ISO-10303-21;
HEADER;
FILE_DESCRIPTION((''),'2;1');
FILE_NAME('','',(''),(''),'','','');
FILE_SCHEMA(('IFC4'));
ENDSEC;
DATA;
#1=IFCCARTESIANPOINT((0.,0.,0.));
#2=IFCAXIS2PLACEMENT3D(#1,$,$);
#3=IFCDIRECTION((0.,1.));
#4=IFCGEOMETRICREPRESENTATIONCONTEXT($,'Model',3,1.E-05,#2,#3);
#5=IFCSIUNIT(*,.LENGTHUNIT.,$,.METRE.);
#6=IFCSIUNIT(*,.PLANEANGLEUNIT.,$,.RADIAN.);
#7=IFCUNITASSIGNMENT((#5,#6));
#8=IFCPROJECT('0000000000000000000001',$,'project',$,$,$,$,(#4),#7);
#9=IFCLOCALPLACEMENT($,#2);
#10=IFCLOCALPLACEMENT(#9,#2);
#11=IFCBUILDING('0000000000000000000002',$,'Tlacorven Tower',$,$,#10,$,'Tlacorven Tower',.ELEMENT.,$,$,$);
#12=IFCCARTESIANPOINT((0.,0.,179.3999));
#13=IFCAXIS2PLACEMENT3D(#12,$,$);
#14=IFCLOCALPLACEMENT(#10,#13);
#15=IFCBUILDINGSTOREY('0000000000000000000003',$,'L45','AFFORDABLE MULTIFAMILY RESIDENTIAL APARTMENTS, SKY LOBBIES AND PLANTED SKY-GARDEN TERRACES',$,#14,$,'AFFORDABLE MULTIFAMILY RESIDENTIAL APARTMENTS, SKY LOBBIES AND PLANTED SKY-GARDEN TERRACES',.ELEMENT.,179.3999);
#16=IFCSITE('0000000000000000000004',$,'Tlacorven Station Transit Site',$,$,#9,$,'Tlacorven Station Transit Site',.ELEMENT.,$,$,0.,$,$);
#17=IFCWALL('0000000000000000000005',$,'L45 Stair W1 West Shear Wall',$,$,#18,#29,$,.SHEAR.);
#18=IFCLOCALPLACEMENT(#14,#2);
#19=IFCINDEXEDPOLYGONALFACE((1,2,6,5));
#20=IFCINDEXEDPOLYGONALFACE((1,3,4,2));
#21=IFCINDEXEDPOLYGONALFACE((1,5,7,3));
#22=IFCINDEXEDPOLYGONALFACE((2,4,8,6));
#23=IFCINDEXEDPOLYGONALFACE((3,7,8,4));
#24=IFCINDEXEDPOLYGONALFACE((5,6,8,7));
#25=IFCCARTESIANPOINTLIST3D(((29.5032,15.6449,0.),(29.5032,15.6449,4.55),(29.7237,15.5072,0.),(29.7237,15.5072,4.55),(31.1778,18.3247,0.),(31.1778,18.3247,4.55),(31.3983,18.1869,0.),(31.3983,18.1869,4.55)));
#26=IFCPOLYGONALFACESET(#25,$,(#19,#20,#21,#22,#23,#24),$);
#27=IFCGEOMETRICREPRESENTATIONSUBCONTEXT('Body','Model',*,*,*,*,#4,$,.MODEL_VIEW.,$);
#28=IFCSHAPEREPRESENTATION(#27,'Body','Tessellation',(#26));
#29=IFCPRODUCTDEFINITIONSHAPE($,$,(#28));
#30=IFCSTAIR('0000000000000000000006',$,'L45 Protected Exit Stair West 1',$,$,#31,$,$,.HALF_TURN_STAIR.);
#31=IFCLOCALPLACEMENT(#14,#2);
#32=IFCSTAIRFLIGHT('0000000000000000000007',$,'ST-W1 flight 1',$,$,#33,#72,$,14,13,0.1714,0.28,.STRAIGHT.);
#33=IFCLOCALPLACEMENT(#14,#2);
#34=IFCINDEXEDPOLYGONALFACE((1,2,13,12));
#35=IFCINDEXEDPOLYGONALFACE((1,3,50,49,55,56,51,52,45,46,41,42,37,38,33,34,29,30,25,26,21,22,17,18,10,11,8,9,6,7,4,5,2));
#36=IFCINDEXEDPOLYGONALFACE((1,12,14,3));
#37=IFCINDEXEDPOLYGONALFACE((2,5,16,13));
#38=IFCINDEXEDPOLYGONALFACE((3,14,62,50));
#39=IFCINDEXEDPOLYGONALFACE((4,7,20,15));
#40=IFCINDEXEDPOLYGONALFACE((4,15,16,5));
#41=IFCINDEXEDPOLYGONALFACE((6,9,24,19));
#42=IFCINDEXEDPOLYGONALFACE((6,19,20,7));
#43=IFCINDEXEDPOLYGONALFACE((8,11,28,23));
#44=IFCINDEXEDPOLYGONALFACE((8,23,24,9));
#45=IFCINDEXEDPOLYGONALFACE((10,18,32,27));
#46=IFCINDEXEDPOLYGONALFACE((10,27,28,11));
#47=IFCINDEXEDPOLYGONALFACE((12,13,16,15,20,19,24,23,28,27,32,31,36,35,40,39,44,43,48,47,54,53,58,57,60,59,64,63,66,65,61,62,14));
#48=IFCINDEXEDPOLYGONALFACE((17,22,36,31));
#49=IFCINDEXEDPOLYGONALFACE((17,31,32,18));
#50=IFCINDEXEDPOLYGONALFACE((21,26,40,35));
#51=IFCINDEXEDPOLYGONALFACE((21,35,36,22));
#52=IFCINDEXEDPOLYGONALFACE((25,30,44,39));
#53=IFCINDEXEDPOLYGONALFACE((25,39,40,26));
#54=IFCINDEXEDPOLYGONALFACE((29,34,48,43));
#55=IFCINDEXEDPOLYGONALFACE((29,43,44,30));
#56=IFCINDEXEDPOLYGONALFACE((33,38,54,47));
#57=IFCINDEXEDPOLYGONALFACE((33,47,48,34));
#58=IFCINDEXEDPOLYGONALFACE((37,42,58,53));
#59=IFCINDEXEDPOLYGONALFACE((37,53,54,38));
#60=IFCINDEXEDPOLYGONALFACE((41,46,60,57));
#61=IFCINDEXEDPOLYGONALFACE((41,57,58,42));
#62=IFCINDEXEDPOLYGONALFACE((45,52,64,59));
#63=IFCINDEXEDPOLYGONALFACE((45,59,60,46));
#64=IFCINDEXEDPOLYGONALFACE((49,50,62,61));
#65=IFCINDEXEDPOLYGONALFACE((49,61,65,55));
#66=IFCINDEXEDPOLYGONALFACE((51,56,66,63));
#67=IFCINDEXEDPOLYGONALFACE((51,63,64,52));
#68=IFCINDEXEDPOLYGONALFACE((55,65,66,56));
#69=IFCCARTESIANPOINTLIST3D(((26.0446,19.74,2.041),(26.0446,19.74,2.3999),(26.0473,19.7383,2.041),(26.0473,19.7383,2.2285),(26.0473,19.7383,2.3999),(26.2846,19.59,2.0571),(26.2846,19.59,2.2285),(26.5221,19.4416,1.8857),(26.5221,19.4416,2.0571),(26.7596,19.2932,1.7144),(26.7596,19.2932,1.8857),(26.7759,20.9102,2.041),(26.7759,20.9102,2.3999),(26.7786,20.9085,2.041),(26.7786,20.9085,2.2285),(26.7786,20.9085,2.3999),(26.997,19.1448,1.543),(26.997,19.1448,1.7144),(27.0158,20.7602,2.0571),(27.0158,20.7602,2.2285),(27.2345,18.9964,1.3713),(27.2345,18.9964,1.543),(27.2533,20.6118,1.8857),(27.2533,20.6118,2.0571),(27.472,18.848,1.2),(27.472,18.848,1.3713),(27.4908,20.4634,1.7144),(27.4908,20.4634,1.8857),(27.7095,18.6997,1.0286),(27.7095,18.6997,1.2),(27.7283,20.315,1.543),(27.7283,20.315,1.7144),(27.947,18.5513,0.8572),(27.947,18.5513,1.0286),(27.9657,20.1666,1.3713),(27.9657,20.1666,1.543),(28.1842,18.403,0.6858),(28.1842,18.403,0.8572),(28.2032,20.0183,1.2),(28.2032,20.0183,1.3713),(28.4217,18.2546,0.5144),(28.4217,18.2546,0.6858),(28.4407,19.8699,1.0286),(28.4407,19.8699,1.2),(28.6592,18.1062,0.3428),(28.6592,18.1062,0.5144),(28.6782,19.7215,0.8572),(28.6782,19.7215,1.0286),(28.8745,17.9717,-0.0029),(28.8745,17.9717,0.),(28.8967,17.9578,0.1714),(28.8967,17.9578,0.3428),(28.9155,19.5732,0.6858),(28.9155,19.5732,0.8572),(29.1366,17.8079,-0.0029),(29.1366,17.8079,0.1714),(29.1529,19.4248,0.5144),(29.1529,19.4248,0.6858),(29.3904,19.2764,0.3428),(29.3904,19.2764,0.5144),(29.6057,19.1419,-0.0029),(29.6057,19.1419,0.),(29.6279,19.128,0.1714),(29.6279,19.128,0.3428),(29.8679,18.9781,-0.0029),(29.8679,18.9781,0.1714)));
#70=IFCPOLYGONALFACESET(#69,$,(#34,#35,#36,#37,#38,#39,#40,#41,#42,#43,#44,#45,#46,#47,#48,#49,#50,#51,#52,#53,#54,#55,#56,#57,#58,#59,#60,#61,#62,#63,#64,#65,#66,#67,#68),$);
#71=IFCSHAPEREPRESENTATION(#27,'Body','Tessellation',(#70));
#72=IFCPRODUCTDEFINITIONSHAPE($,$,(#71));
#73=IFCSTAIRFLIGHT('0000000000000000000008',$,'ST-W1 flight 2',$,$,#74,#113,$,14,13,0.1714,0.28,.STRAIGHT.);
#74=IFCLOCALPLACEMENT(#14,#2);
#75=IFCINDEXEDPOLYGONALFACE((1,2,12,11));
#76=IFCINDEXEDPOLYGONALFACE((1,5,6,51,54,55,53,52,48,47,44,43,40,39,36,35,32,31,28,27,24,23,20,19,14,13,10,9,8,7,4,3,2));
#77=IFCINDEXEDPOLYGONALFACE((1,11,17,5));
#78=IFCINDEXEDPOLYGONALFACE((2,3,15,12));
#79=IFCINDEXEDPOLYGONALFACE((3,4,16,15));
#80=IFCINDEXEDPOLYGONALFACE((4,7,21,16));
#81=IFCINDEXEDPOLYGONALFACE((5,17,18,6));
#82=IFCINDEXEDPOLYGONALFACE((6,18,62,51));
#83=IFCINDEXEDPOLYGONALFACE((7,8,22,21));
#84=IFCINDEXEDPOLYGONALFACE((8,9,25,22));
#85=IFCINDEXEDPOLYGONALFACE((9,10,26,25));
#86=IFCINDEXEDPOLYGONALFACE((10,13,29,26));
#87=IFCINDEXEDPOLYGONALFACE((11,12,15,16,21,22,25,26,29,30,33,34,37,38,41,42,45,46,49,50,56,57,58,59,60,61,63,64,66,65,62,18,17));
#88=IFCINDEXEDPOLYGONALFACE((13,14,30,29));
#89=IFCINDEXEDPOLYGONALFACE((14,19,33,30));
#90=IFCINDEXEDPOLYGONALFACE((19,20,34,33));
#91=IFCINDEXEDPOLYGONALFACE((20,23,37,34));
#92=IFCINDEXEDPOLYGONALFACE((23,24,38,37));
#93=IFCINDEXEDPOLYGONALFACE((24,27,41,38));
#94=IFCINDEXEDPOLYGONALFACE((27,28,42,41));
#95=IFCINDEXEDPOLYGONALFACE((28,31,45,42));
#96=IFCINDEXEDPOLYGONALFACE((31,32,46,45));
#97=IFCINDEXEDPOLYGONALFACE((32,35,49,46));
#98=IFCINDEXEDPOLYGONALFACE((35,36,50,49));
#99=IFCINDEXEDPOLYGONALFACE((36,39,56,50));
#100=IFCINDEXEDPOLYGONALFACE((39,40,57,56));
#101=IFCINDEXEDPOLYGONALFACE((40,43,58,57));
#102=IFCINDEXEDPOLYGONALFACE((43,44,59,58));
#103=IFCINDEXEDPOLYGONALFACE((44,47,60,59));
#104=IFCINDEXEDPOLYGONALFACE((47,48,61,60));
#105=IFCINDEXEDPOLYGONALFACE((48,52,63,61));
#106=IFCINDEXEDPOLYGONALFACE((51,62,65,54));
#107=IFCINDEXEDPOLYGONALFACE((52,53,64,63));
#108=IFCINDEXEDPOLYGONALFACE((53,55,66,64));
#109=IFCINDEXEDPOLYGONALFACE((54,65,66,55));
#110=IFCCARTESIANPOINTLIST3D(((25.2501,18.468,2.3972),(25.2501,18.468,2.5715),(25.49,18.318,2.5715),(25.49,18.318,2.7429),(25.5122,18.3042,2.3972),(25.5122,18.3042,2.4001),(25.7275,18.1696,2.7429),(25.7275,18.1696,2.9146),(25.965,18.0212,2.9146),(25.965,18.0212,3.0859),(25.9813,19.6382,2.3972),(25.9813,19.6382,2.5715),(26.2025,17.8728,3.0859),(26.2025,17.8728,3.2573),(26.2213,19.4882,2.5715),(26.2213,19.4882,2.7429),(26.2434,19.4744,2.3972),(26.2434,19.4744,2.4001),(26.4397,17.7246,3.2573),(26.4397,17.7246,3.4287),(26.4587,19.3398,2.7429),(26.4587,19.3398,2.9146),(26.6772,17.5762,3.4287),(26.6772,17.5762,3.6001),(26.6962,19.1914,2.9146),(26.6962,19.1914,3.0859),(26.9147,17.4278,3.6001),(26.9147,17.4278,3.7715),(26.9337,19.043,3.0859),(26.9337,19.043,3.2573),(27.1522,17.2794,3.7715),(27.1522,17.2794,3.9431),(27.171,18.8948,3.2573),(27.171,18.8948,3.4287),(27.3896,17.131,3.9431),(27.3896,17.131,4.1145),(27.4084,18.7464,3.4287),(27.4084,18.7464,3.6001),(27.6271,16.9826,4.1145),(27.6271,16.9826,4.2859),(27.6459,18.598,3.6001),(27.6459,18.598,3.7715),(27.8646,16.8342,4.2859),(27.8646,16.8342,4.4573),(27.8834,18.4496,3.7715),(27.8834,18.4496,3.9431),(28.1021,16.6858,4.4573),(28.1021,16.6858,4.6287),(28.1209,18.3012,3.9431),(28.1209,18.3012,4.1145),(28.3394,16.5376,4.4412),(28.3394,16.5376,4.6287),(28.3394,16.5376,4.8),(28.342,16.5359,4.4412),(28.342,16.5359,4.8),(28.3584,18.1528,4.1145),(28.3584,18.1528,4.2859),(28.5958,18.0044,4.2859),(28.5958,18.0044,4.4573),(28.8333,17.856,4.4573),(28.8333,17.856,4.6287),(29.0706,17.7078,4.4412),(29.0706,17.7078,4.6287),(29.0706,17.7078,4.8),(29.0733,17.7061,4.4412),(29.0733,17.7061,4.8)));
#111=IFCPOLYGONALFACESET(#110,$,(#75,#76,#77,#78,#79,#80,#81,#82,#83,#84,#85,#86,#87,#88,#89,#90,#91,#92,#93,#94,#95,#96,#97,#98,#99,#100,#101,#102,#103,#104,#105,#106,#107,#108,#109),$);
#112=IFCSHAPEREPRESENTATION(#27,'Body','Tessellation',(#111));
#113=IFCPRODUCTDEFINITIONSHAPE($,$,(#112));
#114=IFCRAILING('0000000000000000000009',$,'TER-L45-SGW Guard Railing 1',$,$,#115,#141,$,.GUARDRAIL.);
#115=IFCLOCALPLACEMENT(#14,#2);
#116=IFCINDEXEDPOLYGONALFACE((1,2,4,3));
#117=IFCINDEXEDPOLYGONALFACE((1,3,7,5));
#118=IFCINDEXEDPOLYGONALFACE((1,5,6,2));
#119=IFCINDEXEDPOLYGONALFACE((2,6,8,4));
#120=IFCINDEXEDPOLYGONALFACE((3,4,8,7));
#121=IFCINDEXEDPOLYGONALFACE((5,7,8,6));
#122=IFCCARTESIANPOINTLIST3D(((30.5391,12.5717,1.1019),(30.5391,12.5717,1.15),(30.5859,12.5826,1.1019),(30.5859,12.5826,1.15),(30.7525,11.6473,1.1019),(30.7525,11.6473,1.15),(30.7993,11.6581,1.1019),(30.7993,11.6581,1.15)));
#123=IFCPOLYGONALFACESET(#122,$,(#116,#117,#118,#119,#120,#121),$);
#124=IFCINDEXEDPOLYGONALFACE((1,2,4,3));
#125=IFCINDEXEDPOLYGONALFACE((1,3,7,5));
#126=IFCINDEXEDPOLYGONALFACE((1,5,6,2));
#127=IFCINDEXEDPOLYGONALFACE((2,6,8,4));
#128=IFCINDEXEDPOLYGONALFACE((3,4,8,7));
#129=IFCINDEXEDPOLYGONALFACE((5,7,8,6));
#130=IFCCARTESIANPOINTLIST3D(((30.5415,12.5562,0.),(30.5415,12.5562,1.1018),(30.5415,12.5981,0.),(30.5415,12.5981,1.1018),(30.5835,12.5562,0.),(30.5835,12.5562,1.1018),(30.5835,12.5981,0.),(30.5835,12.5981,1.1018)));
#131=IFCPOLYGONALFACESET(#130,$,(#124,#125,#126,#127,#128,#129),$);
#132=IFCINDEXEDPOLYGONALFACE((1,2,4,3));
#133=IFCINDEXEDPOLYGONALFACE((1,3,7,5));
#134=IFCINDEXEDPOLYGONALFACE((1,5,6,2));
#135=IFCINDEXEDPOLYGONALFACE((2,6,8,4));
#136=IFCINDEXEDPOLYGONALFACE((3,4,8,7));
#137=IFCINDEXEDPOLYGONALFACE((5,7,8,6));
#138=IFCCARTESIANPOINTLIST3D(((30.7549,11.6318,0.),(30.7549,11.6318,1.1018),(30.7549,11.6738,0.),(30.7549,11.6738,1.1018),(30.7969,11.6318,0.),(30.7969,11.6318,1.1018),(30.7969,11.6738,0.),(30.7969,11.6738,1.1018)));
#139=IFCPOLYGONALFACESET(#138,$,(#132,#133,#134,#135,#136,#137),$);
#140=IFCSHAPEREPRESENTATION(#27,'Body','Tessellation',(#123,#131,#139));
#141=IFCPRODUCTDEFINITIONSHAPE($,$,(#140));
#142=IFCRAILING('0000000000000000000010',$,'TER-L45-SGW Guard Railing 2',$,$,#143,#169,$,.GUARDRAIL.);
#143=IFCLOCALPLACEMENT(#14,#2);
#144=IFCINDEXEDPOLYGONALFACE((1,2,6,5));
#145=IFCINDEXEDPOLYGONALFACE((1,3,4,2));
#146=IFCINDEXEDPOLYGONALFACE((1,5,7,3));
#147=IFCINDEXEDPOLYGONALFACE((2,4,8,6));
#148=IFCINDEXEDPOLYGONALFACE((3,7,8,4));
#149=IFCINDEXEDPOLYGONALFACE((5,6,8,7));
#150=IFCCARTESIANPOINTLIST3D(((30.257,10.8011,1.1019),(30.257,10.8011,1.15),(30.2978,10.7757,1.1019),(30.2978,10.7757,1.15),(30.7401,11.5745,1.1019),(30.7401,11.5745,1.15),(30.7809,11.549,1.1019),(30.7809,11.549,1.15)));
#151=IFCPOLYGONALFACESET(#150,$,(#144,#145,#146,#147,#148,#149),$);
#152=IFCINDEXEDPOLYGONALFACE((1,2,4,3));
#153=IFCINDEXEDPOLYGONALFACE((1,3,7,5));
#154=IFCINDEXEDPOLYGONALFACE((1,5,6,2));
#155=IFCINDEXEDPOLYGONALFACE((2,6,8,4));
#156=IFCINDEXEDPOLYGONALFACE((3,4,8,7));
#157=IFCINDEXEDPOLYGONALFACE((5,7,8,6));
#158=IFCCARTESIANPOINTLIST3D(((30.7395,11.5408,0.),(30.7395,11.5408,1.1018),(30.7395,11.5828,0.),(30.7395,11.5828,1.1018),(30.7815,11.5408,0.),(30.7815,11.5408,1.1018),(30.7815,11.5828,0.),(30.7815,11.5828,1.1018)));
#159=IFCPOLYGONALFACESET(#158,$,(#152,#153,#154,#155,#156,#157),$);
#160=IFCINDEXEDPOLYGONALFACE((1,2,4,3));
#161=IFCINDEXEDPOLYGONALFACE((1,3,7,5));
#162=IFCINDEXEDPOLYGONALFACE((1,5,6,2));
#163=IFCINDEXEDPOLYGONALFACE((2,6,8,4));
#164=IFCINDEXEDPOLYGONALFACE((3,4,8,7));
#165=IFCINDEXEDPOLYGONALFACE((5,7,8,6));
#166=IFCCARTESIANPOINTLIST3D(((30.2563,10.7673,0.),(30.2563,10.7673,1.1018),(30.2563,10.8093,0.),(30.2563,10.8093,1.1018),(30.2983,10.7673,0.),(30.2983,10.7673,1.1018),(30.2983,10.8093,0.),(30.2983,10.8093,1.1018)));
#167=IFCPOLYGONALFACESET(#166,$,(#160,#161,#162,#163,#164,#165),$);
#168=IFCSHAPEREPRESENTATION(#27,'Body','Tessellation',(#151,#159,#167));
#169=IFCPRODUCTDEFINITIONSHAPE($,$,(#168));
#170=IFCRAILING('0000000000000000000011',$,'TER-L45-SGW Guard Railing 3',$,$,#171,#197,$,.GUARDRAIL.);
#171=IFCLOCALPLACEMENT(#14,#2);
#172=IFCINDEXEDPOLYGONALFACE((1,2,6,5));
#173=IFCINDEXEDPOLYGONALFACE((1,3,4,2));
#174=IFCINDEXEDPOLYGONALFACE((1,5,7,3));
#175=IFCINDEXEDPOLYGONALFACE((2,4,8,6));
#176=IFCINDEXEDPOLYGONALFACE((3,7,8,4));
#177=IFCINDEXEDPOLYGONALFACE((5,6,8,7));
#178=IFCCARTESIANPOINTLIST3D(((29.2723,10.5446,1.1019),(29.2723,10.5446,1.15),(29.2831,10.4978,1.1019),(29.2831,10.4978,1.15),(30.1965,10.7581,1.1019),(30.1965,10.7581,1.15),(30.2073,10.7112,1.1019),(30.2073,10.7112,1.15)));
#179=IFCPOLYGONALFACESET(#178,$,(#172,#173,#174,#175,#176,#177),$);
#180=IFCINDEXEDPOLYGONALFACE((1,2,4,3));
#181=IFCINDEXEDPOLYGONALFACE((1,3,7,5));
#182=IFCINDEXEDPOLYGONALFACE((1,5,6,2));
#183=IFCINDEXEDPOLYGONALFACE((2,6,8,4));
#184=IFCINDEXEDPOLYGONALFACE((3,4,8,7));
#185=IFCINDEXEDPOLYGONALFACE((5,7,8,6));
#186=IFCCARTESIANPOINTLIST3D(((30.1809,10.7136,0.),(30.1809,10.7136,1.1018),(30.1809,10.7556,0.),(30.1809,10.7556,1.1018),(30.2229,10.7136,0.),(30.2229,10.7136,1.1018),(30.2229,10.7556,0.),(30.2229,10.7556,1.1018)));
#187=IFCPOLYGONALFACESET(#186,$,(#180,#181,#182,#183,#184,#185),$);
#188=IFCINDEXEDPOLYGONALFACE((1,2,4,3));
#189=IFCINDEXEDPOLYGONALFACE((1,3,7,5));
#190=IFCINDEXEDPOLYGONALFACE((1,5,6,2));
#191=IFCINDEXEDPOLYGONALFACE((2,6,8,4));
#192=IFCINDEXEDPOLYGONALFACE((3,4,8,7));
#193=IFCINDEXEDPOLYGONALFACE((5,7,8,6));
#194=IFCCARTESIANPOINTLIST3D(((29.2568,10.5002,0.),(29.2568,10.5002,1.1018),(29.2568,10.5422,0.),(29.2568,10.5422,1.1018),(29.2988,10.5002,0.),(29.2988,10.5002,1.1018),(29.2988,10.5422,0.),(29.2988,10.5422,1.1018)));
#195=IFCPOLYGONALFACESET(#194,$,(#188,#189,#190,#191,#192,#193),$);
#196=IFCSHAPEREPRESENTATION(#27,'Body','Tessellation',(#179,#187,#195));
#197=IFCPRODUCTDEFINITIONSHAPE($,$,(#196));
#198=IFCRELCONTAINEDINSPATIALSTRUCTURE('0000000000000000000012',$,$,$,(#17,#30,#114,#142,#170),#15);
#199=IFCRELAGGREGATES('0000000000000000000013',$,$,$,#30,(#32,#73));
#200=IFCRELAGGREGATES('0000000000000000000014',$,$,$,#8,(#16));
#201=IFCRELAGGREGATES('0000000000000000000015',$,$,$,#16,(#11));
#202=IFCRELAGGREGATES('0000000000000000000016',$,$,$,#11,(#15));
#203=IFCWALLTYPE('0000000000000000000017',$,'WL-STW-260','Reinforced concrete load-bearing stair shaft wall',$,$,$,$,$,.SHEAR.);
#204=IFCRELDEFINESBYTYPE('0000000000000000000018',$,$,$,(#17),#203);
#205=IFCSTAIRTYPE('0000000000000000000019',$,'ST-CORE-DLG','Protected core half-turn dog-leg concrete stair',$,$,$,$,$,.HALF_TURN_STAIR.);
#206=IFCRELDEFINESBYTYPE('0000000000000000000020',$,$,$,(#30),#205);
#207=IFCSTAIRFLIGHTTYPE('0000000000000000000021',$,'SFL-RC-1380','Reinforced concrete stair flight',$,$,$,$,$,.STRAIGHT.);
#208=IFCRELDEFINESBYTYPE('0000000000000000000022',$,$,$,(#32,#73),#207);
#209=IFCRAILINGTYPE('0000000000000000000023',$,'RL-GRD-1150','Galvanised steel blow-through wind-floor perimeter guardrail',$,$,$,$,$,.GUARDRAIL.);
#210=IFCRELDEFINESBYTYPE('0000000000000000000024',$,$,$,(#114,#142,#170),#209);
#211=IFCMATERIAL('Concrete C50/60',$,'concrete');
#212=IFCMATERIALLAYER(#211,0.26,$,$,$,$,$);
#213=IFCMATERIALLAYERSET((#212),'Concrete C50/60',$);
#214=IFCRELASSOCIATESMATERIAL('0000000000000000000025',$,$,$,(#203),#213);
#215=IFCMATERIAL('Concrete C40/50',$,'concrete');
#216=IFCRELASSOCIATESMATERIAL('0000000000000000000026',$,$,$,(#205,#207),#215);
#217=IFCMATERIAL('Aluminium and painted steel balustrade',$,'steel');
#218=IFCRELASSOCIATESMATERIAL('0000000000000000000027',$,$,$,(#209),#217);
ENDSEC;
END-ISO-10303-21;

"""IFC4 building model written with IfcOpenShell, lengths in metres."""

from ifc_helpers import new_model, si_unit, direction, frame, frame_2d, origin, origin_2d, place, context, subcontext, project, spatial, polyline, rectangle, outline, extrude, source, transform, mapped, material, layer, layer_set, type_object, element, aggregate, save


model = new_model("IFC4")

# Units and contexts
model_context = context("Model", 3, precision=1e-05, world=origin(), true_north=direction((0.0, 1.0)))
body_context = subcontext(model_context, "Body", "Model", "MODEL_VIEW")
ifc_project = project(units=[si_unit("LENGTHUNIT", "METRE"), si_unit("PLANEANGLEUNIT", "RADIAN")], contexts=[model_context])

# Site, building, storey
site_placement = place(None, origin())
site = spatial("IfcSite", under=ifc_project, at=site_placement, Name="Tlacorven Station Transit Site", LongName="Tlacorven Station Transit Site", CompositionType="ELEMENT", RefElevation=0.0)
building_placement = place(site_placement, origin())
building = spatial("IfcBuilding", under=site, at=building_placement, Name="Tlacorven Tower", LongName="Tlacorven Tower", CompositionType="ELEMENT")
storey_placement = place(building_placement, frame((0.0, 0.0, 179.3999)))
storey = spatial("IfcBuildingStorey", under=building, at=storey_placement, Name="L45", Description="AFFORDABLE MULTIFAMILY RESIDENTIAL APARTMENTS, SKY LOBBIES AND PLANTED SKY-GARDEN TERRACES", LongName="AFFORDABLE MULTIFAMILY RESIDENTIAL APARTMENTS, SKY LOBBIES AND PLANTED SKY-GARDEN TERRACES", CompositionType="ELEMENT", Elevation=179.3999)

# Shared definitions
ifc_material_1 = material(Name="Concrete C50/60", Category="concrete")
ifc_layer_1 = layer(ifc_material_1, 0.26)
ifc_layer_set_1 = layer_set([ifc_layer_1], Name="Concrete C50/60")
wall_type_1 = type_object("IfcWallType", Name="WL-STW-260", Description="Reinforced concrete load-bearing stair shaft wall", PredefinedType="SHEAR", material=ifc_layer_set_1)

# Wall
wall_1_placement = place(storey_placement, frame((31.2881, 18.2559, 0.0), z_axis=(0.0, 0.0, 1.0), x_axis=(-0.529943, -0.848033, 0.0)))
element("IfcWall", 1, at=wall_1_placement, inside=storey, type_object=wall_type_1, Name="L45 Stair W1 West Shear Wall", PredefinedType="SHEAR", context=body_context, shape_type="SweptSolid", body=[
    extrude(rectangle(XDim=3.1599, YDim=0.26, at=frame_2d((1.5801, 0.0))), origin(), (0.0, 0.0, 1.0), 4.55),
])

# Stair, stair flights
ifc_material_2 = material(Name="Concrete C40/50", Category="concrete")
stair_type = type_object("IfcStairType", Name="ST-CORE-DLG", Description="Protected core half-turn dog-leg concrete stair", PredefinedType="HALF_TURN_STAIR", material=ifc_material_2)
stair_placement = place(storey_placement, origin())
stair = element("IfcStair", 2, at=stair_placement, inside=storey, type_object=stair_type, Name="L45 Protected Exit Stair West 1", PredefinedType="HALF_TURN_STAIR")
stair_flight_type = type_object("IfcStairFlightType", Name="SFL-RC-1380", Description="Reinforced concrete stair flight", PredefinedType="STRAIGHT", material=ifc_material_2)
shared_shape_1 = source(origin(), body_context, "Body", "SweptSolid", [
    extrude(outline(polyline([(-0.0029, -0.0029), (-0.0029, 0.1714), (0.28, 0.1714), (0.28, 0.3428), (0.5601, 0.3428), (0.5601, 0.5144), (0.8401, 0.5144), (0.8401, 0.6858), (1.1201, 0.6858), (1.1201, 0.8572), (1.3999, 0.8572), (1.3999, 1.0286), (1.6799, 1.0286), (1.6799, 1.2), (1.96, 1.2), (1.96, 1.3713), (2.24, 1.3713), (2.24, 1.543), (2.52, 1.543), (2.52, 1.7144), (2.8, 1.7144), (2.8, 1.8857), (3.0801, 1.8857), (3.0801, 2.0571), (3.3601, 2.0571), (3.3601, 2.2285), (3.6399, 2.2285), (3.6399, 2.3999), (3.6431, 2.3999), (3.6431, 2.041), (3.6399, 2.041), (0.3062, 0.0), (0.3062, -0.0029), (-0.0029, -0.0029)])), frame((0.0, 0.6899, 0.0), z_axis=(0.0, -1.0, 0.0), x_axis=(1.0, 0.0, 0.0)), (0.0, 0.0, 1.0), 1.3799),
])
stair_flight_1_placement = place(storey_placement, frame((29.4998, 18.3945, 0.0), z_axis=(0.0, 0.0, 1.0), x_axis=(-0.848048, 0.529919, 0.0)))
stair_flight_1 = element("IfcStairFlight", 3, at=stair_flight_1_placement, type_object=stair_flight_type, Name="ST-W1 flight 1", NumberOfRisers=14, NumberOfTreads=13, PredefinedType="STRAIGHT", RiserHeight=0.1714, TreadLength=0.28, context=body_context, shape_type="MappedRepresentation", body=[
    mapped(shared_shape_1, transform((0.0, 0.0, 0.0), scale=1.0)),
])
stair_flight_2_placement = place(storey_placement, frame((25.6182, 19.0515, 2.4001), z_axis=(0.0, 0.0, 1.0), x_axis=(0.848048, -0.529919, 0.0)))
stair_flight_2 = element("IfcStairFlight", 4, at=stair_flight_2_placement, type_object=stair_flight_type, Name="ST-W1 flight 2", NumberOfRisers=14, NumberOfTreads=13, PredefinedType="STRAIGHT", RiserHeight=0.1714, TreadLength=0.28, context=body_context, shape_type="MappedRepresentation", body=[
    mapped(shared_shape_1, transform((0.0, 0.0, 0.0), scale=1.0)),
])
aggregate(stair, [stair_flight_1, stair_flight_2])

# Railings
ifc_material_3 = material(Name="Aluminium and painted steel balustrade", Category="steel")
railing_type_1 = type_object("IfcRailingType", Name="RL-GRD-1150", Description="Galvanised steel blow-through wind-floor perimeter guardrail", PredefinedType="GUARDRAIL", material=ifc_material_3)
shared_shape_2 = source(origin(), body_context, "Body", "SweptSolid", [
    extrude(rectangle(XDim=0.0481, YDim=0.0481, at=origin_2d()), frame((0.0, 0.0, 1.126), z_axis=(0.224935, -0.974374, 0.0), x_axis=(0.974374, 0.224935, 0.0)), (0.0, 0.0, 1.0), 0.9487),
    extrude(rectangle(XDim=0.042, YDim=0.042, at=origin_2d()), origin(), (0.0, 0.0, 1.0), 1.1018),
    extrude(rectangle(XDim=0.042, YDim=0.042, at=origin_2d()), frame((0.2134, -0.9243, 0.0)), (0.0, 0.0, 1.0), 1.1018),
])
railing_1_placement = place(storey_placement, frame((30.5625, 12.5771, 0.0)))
element("IfcRailing", 5, at=railing_1_placement, inside=storey, type_object=railing_type_1, Name="TER-L45-SGW Guard Railing 1", PredefinedType="GUARDRAIL", context=body_context, shape_type="MappedRepresentation", body=[
    mapped(shared_shape_2, transform((0.0, 0.0, 0.0), scale=1.0)),
])
shared_shape_3 = source(origin(), body_context, "Body", "SweptSolid", [
    extrude(rectangle(XDim=0.0481, YDim=0.0481, at=origin_2d()), frame((0.0, 0.0, 1.126), z_axis=(-0.529806, -0.848119, 0.0), x_axis=(0.848119, -0.529806, 0.0)), (0.0, 0.0, 1.0), 0.9119),
    extrude(rectangle(XDim=0.042, YDim=0.042, at=origin_2d()), origin(), (0.0, 0.0, 1.0), 1.1018),
    extrude(rectangle(XDim=0.042, YDim=0.042, at=origin_2d()), frame((-0.4832, -0.7734, 0.0)), (0.0, 0.0, 1.0), 1.1018),
])
railing_2_placement = place(storey_placement, frame((30.7605, 11.5618, 0.0)))
element("IfcRailing", 6, at=railing_2_placement, inside=storey, type_object=railing_type_1, Name="TER-L45-SGW Guard Railing 2", PredefinedType="GUARDRAIL", context=body_context, shape_type="MappedRepresentation", body=[
    mapped(shared_shape_3, transform((0.0, 0.0, 0.0), scale=1.0)),
])
shared_shape_4 = source(origin(), body_context, "Body", "SweptSolid", [
    extrude(rectangle(XDim=0.0481, YDim=0.0481, at=origin_2d()), frame((0.0, 0.0, 1.126), z_axis=(-0.974361, -0.224991, 0.0), x_axis=(0.224991, -0.974361, 0.0)), (0.0, 0.0, 1.0), 0.9485),
    extrude(rectangle(XDim=0.042, YDim=0.042, at=origin_2d()), origin(), (0.0, 0.0, 1.0), 1.1018),
    extrude(rectangle(XDim=0.042, YDim=0.042, at=origin_2d()), frame((-0.9241, -0.2134, 0.0)), (0.0, 0.0, 1.0), 1.1018),
])
railing_3_placement = place(storey_placement, frame((30.2019, 10.7346, 0.0)))
element("IfcRailing", 7, at=railing_3_placement, inside=storey, type_object=railing_type_1, Name="TER-L45-SGW Guard Railing 3", PredefinedType="GUARDRAIL", context=body_context, shape_type="MappedRepresentation", body=[
    mapped(shared_shape_4, transform((0.0, 0.0, 0.0), scale=1.0)),
])

save(model, "model.ifc")
